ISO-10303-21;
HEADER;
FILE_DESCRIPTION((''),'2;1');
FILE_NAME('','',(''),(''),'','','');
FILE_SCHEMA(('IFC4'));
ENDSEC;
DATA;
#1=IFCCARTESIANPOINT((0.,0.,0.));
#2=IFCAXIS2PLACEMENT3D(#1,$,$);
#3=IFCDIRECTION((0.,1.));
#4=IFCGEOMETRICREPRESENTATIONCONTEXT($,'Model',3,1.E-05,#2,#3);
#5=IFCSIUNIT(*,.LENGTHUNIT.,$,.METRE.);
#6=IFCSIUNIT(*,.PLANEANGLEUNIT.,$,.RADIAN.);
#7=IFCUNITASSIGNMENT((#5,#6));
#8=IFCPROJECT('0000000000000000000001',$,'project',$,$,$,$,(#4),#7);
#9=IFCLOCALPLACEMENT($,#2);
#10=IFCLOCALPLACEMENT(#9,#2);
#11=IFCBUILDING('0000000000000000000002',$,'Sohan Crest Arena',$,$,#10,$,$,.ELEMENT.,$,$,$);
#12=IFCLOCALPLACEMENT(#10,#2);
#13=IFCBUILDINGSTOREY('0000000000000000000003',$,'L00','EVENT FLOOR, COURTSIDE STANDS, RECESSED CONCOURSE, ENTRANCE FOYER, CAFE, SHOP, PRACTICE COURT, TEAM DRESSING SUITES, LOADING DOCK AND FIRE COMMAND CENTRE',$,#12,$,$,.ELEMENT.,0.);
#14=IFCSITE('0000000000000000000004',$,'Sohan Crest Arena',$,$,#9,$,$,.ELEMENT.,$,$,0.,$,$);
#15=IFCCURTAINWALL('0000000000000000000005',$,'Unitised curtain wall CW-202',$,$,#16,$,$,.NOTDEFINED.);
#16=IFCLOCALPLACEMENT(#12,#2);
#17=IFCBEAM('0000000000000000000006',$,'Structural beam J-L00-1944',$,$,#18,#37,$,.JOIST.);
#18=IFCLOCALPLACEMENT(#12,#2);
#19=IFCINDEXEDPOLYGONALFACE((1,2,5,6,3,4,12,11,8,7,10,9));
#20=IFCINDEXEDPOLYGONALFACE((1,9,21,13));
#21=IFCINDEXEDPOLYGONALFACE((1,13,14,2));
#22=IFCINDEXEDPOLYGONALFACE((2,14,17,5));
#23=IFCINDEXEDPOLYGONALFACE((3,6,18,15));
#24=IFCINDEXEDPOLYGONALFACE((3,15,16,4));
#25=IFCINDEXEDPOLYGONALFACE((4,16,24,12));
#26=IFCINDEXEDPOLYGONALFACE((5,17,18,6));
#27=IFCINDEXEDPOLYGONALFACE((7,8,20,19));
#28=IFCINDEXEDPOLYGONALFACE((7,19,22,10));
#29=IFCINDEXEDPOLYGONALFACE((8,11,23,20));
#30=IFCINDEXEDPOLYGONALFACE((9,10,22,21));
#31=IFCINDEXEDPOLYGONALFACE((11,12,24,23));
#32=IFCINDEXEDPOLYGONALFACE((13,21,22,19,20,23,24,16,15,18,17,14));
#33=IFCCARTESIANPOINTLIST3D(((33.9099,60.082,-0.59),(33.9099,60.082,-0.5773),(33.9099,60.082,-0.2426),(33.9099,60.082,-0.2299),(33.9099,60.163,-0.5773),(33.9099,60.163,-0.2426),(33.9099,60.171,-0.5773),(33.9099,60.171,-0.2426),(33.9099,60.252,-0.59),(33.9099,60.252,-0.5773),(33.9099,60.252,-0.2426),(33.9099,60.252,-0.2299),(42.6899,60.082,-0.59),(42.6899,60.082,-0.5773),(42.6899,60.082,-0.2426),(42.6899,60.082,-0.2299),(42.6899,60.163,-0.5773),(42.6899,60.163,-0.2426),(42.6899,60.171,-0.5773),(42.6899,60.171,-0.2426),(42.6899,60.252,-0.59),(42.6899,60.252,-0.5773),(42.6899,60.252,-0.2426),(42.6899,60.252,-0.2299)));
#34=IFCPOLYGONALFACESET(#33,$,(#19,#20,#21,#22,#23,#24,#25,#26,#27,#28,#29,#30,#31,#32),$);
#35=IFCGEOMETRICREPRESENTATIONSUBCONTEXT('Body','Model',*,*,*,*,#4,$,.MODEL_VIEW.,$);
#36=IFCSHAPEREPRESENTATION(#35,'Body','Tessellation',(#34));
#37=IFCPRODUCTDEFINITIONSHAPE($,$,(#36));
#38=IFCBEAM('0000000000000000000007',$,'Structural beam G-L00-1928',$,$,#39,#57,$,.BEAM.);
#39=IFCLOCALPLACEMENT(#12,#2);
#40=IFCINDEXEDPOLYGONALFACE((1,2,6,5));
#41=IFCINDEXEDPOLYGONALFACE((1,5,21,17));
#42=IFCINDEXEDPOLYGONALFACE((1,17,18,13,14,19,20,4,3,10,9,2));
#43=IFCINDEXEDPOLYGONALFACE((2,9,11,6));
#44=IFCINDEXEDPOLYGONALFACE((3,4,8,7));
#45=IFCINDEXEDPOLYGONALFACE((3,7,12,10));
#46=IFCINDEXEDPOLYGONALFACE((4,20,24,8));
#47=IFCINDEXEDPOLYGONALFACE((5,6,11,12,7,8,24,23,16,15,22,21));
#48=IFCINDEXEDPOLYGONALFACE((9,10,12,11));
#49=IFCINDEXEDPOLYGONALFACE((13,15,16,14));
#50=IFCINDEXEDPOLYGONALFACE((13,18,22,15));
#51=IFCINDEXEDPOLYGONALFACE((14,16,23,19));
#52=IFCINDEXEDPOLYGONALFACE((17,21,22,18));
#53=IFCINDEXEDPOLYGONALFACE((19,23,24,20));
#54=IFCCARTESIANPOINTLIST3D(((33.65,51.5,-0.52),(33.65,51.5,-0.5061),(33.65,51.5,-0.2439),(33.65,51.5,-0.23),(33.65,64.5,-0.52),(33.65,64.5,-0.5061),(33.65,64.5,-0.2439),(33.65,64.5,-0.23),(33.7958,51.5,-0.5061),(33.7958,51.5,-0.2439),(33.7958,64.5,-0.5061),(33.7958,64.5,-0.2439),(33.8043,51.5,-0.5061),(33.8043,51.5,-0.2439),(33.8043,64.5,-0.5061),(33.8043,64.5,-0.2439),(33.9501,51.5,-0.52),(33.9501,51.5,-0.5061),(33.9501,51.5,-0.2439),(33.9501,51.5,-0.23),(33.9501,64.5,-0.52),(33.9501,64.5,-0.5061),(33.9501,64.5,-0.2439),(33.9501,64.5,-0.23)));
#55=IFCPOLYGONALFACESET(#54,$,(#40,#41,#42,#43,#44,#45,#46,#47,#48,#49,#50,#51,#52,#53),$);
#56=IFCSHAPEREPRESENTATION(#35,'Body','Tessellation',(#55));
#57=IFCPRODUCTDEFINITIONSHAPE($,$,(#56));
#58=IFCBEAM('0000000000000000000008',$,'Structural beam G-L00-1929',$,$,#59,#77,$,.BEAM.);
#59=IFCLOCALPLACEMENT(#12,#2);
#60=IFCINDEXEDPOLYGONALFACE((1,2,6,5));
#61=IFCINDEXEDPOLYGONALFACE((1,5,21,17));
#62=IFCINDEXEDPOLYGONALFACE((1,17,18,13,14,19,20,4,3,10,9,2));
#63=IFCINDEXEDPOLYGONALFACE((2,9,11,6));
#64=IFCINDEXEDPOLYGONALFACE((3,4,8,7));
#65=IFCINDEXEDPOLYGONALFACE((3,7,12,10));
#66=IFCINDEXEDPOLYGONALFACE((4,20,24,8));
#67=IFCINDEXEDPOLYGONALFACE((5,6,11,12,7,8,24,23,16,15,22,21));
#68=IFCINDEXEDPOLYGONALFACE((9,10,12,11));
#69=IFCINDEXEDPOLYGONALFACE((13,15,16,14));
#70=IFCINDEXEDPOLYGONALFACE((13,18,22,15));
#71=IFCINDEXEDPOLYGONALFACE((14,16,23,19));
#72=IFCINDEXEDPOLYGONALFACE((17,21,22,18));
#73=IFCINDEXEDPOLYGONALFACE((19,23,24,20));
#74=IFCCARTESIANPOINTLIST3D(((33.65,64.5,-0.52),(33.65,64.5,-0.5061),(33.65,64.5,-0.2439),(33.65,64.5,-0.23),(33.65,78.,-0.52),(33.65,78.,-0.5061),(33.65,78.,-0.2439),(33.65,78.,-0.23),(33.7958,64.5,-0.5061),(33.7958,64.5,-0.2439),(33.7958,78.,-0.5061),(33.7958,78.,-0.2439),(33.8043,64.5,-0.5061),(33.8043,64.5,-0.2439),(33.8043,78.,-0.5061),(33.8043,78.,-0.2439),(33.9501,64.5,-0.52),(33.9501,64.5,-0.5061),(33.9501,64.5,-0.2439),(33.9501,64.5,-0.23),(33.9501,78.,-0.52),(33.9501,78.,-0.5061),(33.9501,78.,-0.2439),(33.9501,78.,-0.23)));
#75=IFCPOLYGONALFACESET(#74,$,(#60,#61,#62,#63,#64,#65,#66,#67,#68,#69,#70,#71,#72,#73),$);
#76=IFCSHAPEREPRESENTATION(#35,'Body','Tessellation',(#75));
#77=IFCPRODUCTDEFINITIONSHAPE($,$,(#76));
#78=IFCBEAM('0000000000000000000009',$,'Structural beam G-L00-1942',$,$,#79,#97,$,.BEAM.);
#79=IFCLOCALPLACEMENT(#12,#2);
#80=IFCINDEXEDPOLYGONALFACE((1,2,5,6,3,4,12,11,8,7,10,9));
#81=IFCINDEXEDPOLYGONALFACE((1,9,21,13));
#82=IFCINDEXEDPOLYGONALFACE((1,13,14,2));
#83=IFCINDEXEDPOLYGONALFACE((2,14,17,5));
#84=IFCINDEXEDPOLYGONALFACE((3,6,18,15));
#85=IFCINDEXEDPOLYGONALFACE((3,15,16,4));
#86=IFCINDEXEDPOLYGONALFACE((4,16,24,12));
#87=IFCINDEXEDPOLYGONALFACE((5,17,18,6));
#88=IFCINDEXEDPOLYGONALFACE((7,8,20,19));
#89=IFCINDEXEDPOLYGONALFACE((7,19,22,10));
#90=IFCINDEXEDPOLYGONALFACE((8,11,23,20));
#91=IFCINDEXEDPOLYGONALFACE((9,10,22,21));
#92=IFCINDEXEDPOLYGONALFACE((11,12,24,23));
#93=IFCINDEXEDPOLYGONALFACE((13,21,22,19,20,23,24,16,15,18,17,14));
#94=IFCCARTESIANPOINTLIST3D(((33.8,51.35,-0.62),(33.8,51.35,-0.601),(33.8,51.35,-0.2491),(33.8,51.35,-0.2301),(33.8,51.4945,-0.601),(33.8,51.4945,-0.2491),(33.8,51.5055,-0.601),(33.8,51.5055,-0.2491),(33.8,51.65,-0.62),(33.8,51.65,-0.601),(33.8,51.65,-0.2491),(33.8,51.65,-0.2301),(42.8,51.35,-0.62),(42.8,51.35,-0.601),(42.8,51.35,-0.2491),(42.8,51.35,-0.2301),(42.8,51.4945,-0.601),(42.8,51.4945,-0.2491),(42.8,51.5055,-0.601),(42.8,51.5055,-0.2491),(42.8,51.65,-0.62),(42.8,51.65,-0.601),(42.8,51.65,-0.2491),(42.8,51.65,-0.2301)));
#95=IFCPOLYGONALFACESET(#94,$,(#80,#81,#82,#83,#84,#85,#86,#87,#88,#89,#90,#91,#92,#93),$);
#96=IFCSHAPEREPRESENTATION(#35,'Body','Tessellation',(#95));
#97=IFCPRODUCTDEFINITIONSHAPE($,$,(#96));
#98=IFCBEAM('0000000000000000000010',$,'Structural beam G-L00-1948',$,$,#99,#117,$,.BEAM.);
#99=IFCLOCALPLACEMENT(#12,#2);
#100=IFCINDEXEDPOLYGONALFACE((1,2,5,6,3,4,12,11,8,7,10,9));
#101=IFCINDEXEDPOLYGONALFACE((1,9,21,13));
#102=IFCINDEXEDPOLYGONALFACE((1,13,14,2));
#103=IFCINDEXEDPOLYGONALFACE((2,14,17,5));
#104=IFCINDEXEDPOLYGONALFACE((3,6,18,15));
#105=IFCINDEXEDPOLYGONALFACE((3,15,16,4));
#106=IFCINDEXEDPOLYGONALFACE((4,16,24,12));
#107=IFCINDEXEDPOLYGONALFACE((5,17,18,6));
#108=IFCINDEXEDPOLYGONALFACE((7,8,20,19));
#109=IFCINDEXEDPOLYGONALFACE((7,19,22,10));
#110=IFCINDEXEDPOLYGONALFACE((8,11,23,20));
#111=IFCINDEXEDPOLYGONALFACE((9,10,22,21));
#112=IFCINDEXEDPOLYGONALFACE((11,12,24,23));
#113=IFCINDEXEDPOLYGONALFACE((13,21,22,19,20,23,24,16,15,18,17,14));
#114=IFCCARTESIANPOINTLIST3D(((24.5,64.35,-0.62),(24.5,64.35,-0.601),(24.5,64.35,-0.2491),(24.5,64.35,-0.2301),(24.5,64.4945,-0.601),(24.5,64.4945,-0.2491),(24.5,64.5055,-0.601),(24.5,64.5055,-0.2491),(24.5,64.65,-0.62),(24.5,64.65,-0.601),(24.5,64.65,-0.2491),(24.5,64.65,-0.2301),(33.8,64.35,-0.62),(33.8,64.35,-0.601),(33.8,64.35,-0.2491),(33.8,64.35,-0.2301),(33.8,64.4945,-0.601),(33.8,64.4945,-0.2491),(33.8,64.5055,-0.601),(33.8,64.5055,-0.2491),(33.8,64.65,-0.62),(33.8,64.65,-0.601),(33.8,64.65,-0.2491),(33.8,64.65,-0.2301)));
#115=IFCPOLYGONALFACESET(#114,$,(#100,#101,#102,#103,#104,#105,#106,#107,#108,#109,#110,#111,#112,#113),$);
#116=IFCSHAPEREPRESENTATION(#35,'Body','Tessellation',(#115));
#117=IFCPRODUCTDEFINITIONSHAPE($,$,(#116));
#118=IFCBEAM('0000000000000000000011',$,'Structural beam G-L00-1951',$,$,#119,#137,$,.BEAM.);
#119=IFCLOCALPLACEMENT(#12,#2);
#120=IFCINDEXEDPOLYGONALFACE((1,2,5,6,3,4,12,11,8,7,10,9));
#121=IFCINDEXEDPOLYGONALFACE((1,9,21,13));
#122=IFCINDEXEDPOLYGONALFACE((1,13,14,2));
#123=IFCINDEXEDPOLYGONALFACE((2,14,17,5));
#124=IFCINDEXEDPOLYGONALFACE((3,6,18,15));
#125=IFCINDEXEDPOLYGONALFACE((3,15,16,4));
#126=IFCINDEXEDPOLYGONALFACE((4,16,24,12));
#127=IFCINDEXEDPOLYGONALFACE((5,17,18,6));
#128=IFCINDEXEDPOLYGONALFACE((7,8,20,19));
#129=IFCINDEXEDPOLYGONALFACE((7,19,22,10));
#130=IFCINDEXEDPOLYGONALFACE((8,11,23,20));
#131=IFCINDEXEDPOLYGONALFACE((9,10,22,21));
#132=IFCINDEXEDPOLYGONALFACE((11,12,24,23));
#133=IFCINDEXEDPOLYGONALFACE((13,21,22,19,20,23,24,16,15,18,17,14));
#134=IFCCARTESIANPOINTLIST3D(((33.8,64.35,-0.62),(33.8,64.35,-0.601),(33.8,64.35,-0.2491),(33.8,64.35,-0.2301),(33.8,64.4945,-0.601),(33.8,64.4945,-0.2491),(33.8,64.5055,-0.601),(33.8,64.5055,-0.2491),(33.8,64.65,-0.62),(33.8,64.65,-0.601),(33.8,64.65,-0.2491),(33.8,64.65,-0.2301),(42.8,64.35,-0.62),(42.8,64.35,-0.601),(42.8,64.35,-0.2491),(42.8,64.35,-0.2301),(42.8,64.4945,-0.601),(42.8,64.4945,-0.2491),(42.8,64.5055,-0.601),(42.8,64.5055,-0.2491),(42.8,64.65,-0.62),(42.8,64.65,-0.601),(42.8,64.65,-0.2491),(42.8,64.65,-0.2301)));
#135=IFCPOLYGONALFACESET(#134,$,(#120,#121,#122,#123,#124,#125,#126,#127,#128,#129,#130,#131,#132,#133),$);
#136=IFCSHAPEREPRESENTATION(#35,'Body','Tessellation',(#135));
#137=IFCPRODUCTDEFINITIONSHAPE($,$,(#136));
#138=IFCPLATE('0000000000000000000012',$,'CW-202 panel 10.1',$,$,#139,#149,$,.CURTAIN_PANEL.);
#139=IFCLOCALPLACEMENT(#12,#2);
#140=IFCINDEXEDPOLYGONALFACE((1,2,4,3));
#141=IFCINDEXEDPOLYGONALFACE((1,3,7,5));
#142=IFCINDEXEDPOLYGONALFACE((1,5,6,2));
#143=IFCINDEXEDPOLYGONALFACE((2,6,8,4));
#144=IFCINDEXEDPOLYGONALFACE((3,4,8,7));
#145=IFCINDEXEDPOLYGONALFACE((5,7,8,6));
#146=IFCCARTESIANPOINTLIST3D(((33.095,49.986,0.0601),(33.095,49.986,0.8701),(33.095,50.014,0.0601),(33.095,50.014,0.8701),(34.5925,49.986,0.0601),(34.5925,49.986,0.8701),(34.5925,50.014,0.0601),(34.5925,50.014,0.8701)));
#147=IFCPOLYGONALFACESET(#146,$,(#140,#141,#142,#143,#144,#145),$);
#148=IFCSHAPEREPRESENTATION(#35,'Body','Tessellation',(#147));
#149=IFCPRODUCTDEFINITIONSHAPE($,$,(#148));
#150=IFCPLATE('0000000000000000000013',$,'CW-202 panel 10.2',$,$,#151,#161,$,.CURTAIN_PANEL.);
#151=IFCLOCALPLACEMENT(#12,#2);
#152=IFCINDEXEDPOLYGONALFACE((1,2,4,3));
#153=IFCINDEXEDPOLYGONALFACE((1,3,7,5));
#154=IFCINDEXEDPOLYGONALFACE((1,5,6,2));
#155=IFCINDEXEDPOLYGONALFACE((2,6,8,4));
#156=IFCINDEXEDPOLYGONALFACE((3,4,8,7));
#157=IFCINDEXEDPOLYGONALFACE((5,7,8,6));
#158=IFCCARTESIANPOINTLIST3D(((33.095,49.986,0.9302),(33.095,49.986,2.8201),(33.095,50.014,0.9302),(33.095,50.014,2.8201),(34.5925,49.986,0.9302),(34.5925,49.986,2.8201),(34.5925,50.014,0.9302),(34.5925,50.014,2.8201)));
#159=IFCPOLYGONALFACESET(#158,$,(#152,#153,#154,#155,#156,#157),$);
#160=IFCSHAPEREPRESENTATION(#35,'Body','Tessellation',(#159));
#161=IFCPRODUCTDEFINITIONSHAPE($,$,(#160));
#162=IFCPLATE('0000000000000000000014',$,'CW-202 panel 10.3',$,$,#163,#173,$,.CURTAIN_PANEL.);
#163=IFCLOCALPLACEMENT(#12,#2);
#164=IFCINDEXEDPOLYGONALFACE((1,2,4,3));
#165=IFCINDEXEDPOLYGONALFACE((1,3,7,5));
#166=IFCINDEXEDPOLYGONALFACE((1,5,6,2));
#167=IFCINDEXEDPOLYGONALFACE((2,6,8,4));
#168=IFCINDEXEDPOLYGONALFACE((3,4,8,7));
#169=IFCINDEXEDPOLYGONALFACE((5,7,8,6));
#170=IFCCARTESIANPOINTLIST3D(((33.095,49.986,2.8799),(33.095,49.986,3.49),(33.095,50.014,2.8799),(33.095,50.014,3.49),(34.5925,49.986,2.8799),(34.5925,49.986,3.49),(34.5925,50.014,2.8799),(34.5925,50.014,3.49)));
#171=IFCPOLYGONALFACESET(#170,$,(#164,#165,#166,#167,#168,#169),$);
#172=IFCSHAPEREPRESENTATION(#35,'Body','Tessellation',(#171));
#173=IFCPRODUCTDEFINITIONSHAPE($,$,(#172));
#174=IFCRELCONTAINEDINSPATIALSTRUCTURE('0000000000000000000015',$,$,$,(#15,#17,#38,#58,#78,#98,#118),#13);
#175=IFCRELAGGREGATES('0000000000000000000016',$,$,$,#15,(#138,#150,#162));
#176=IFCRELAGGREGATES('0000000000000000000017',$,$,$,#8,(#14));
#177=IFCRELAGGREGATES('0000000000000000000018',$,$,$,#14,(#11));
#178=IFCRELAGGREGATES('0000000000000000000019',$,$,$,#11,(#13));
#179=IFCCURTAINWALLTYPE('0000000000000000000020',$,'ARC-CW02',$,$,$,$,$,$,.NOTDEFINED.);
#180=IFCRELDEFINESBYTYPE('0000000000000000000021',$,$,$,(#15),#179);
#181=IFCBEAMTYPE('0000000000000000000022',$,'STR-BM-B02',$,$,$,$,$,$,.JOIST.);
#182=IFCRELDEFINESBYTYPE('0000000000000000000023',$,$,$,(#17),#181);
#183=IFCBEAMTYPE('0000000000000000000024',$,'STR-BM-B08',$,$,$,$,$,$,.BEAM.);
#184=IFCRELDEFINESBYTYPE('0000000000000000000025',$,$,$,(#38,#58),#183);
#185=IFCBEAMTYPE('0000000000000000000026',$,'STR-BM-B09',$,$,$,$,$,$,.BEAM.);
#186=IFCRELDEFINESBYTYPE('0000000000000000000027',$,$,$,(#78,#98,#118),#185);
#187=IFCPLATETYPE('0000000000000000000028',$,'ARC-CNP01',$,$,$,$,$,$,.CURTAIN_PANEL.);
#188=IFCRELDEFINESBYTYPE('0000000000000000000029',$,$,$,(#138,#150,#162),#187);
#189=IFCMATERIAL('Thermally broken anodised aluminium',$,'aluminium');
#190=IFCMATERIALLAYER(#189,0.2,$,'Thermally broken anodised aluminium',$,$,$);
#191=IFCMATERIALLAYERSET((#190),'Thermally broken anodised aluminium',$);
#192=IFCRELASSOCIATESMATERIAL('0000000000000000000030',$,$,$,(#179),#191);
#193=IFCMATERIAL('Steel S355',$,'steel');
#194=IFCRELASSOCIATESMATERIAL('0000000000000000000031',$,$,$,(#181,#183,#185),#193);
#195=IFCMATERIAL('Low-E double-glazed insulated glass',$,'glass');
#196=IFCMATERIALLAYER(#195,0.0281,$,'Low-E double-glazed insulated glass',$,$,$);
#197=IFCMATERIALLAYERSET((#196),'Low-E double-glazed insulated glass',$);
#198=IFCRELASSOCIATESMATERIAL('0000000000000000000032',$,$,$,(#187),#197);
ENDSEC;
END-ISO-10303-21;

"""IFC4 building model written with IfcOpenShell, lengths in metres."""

from ifc_helpers import new_model, si_unit, direction, frame, origin, origin_2d, place, context, subcontext, project, spatial, rectangle, i_section, extrude, material, layer, layer_set, material_profile, profile_set, type_object, element, aggregate, save


model = new_model("IFC4")

# Units and contexts
model_context = context("Model", 3, precision=1e-05, world=origin(), true_north=direction((0.0, 1.0)))
body_context = subcontext(model_context, "Body", "Model", "MODEL_VIEW")
ifc_project = project(units=[si_unit("LENGTHUNIT", "METRE"), si_unit("PLANEANGLEUNIT", "RADIAN")], contexts=[model_context])

# Site, building, storey
site_placement = place(None, origin())
site = spatial("IfcSite", under=ifc_project, at=site_placement, Name="Sohan Crest Arena", CompositionType="ELEMENT", RefElevation=0.0)
building_placement = place(site_placement, origin())
building = spatial("IfcBuilding", under=site, at=building_placement, Name="Sohan Crest Arena", CompositionType="ELEMENT")
storey_placement = place(building_placement, origin())
storey = spatial("IfcBuildingStorey", under=building, at=storey_placement, Name="L00", Description="EVENT FLOOR, COURTSIDE STANDS, RECESSED CONCOURSE, ENTRANCE FOYER, CAFE, SHOP, PRACTICE COURT, TEAM DRESSING SUITES, LOADING DOCK AND FIRE COMMAND CENTRE", CompositionType="ELEMENT", Elevation=0.0)

# Curtain wall
ifc_material_1 = material(Name="Thermally broken anodised aluminium", Category="aluminium")
ifc_layer_1 = layer(ifc_material_1, 0.2, Name="Thermally broken anodised aluminium")
ifc_layer_set_1 = layer_set([ifc_layer_1], Name="Thermally broken anodised aluminium")
curtain_wall_type = type_object("IfcCurtainWallType", Name="ARC-CW02", PredefinedType="NOTDEFINED", material=ifc_layer_set_1)
curtain_wall_placement = place(storey_placement, origin())
curtain_wall = element("IfcCurtainWall", 1, at=curtain_wall_placement, inside=storey, type_object=curtain_wall_type, Name="Unitised curtain wall CW-202", PredefinedType="NOTDEFINED")

# Beams
ifc_material_2 = material(Name="Steel S355", Category="steel")
ifc_material_profile_1 = material_profile(ifc_material_2, i_section(OverallWidth=0.1699, OverallDepth=0.3601, WebThickness=0.0081, FlangeThickness=0.0127, at=origin_2d()), Name="IPE 360")
ifc_profile_set_1 = profile_set([ifc_material_profile_1], Name="Steel S355")
beam_type_1 = type_object("IfcBeamType", Name="STR-BM-B02", PredefinedType="JOIST", material=ifc_profile_set_1)
for number, where, z_axis, x_axis, name in (
    (2, (33.9099, 60.167, -0.4099), (1.0, 0.0, 0.0), (0.0, 1.0, 0.0), "Structural beam J-L00-1944"),
):
    element("IfcBeam", number, at=place(storey_placement, frame(where, z_axis=z_axis, x_axis=x_axis)), inside=storey, type_object=beam_type_1, Name=name, PredefinedType="JOIST", context=body_context, shape_type="SweptSolid", body=[
        extrude(i_section(OverallWidth=0.1699, OverallDepth=0.3601, WebThickness=0.0081, FlangeThickness=0.0127, at=origin_2d()), origin(), (0.0, 0.0, 1.0), 8.78),
    ])
ifc_material_profile_2 = material_profile(ifc_material_2, i_section(OverallWidth=0.3, OverallDepth=0.29, WebThickness=0.0085, FlangeThickness=0.0139, at=origin_2d()), Name="HEA 300")
ifc_profile_set_2 = profile_set([ifc_material_profile_2], Name="Steel S355")
beam_type_2 = type_object("IfcBeamType", Name="STR-BM-B08", PredefinedType="BEAM", material=ifc_profile_set_2)
beam_1_placement = place(storey_placement, frame((33.8, 51.5, -0.375), z_axis=(0.0, 1.0, 0.0), x_axis=(-1.0, 0.0, 0.0)))
element("IfcBeam", 3, at=beam_1_placement, inside=storey, type_object=beam_type_2, Name="Structural beam G-L00-1928", PredefinedType="BEAM", context=body_context, shape_type="SweptSolid", body=[
    extrude(i_section(OverallWidth=0.3, OverallDepth=0.29, WebThickness=0.0085, FlangeThickness=0.0139, at=origin_2d()), origin(), (0.0, 0.0, 1.0), 13.0),
])
beam_2_placement = place(storey_placement, frame((33.8, 64.5, -0.375), z_axis=(0.0, 1.0, 0.0), x_axis=(-1.0, 0.0, 0.0)))
element("IfcBeam", 4, at=beam_2_placement, inside=storey, type_object=beam_type_2, Name="Structural beam G-L00-1929", PredefinedType="BEAM", context=body_context, shape_type="SweptSolid", body=[
    extrude(i_section(OverallWidth=0.3, OverallDepth=0.29, WebThickness=0.0085, FlangeThickness=0.0139, at=origin_2d()), origin(), (0.0, 0.0, 1.0), 13.5),
])
ifc_material_profile_3 = material_profile(ifc_material_2, i_section(OverallWidth=0.3, OverallDepth=0.3899, WebThickness=0.011, FlangeThickness=0.019, at=origin_2d()), Name="HEA 400")
ifc_profile_set_3 = profile_set([ifc_material_profile_3], Name="Steel S355")
beam_type_3 = type_object("IfcBeamType", Name="STR-BM-B09", PredefinedType="BEAM", material=ifc_profile_set_3)
beam_3_placement = place(storey_placement, frame((33.8, 51.5, -0.425), z_axis=(1.0, 0.0, 0.0), x_axis=(0.0, 1.0, 0.0)))
element("IfcBeam", 5, at=beam_3_placement, inside=storey, type_object=beam_type_3, Name="Structural beam G-L00-1942", PredefinedType="BEAM", context=body_context, shape_type="SweptSolid", body=[
    extrude(i_section(OverallWidth=0.3, OverallDepth=0.3899, WebThickness=0.011, FlangeThickness=0.019, at=origin_2d()), origin(), (0.0, 0.0, 1.0), 9.0),
])
beam_4_placement = place(storey_placement, frame((24.5, 64.5, -0.425), z_axis=(1.0, 0.0, 0.0), x_axis=(0.0, 1.0, 0.0)))
element("IfcBeam", 6, at=beam_4_placement, inside=storey, type_object=beam_type_3, Name="Structural beam G-L00-1948", PredefinedType="BEAM", context=body_context, shape_type="SweptSolid", body=[
    extrude(i_section(OverallWidth=0.3, OverallDepth=0.3899, WebThickness=0.011, FlangeThickness=0.019, at=origin_2d()), origin(), (0.0, 0.0, 1.0), 9.3),
])
beam_5_placement = place(storey_placement, frame((33.8, 64.5, -0.425), z_axis=(1.0, 0.0, 0.0), x_axis=(0.0, 1.0, 0.0)))
element("IfcBeam", 7, at=beam_5_placement, inside=storey, type_object=beam_type_3, Name="Structural beam G-L00-1951", PredefinedType="BEAM", context=body_context, shape_type="SweptSolid", body=[
    extrude(i_section(OverallWidth=0.3, OverallDepth=0.3899, WebThickness=0.011, FlangeThickness=0.019, at=origin_2d()), origin(), (0.0, 0.0, 1.0), 9.0),
])

# Plates
ifc_material_3 = material(Name="Low-E double-glazed insulated glass", Category="glass")
ifc_layer_2 = layer(ifc_material_3, 0.0281, Name="Low-E double-glazed insulated glass")
ifc_layer_set_2 = layer_set([ifc_layer_2], Name="Low-E double-glazed insulated glass")
plate_type = type_object("IfcPlateType", Name="ARC-CNP01", PredefinedType="CURTAIN_PANEL", material=ifc_layer_set_2)
plate_1_placement = place(storey_placement, frame((33.8438, 50.0, 0.0601), z_axis=(0.0, 0.0, 1.0), x_axis=(1.0, 0.0, 0.0)))
plate_1 = element("IfcPlate", 8, at=plate_1_placement, type_object=plate_type, Name="CW-202 panel 10.1", PredefinedType="CURTAIN_PANEL", context=body_context, shape_type="SweptSolid", body=[
    extrude(rectangle(XDim=1.4976, YDim=0.0281, at=origin_2d()), origin(), (0.0, 0.0, 1.0), 0.8101),
])
plate_2_placement = place(storey_placement, frame((33.8438, 50.0, 0.9302), z_axis=(0.0, 0.0, 1.0), x_axis=(1.0, 0.0, 0.0)))
plate_2 = element("IfcPlate", 9, at=plate_2_placement, type_object=plate_type, Name="CW-202 panel 10.2", PredefinedType="CURTAIN_PANEL", context=body_context, shape_type="SweptSolid", body=[
    extrude(rectangle(XDim=1.4976, YDim=0.0281, at=origin_2d()), origin(), (0.0, 0.0, 1.0), 1.8899),
])
plate_3_placement = place(storey_placement, frame((33.8438, 50.0, 2.8799), z_axis=(0.0, 0.0, 1.0), x_axis=(1.0, 0.0, 0.0)))
plate_3 = element("IfcPlate", 10, at=plate_3_placement, type_object=plate_type, Name="CW-202 panel 10.3", PredefinedType="CURTAIN_PANEL", context=body_context, shape_type="SweptSolid", body=[
    extrude(rectangle(XDim=1.4976, YDim=0.0281, at=origin_2d()), origin(), (0.0, 0.0, 1.0), 0.6101),
])
aggregate(curtain_wall, [plate_1, plate_2, plate_3])

save(model, "model.ifc")
